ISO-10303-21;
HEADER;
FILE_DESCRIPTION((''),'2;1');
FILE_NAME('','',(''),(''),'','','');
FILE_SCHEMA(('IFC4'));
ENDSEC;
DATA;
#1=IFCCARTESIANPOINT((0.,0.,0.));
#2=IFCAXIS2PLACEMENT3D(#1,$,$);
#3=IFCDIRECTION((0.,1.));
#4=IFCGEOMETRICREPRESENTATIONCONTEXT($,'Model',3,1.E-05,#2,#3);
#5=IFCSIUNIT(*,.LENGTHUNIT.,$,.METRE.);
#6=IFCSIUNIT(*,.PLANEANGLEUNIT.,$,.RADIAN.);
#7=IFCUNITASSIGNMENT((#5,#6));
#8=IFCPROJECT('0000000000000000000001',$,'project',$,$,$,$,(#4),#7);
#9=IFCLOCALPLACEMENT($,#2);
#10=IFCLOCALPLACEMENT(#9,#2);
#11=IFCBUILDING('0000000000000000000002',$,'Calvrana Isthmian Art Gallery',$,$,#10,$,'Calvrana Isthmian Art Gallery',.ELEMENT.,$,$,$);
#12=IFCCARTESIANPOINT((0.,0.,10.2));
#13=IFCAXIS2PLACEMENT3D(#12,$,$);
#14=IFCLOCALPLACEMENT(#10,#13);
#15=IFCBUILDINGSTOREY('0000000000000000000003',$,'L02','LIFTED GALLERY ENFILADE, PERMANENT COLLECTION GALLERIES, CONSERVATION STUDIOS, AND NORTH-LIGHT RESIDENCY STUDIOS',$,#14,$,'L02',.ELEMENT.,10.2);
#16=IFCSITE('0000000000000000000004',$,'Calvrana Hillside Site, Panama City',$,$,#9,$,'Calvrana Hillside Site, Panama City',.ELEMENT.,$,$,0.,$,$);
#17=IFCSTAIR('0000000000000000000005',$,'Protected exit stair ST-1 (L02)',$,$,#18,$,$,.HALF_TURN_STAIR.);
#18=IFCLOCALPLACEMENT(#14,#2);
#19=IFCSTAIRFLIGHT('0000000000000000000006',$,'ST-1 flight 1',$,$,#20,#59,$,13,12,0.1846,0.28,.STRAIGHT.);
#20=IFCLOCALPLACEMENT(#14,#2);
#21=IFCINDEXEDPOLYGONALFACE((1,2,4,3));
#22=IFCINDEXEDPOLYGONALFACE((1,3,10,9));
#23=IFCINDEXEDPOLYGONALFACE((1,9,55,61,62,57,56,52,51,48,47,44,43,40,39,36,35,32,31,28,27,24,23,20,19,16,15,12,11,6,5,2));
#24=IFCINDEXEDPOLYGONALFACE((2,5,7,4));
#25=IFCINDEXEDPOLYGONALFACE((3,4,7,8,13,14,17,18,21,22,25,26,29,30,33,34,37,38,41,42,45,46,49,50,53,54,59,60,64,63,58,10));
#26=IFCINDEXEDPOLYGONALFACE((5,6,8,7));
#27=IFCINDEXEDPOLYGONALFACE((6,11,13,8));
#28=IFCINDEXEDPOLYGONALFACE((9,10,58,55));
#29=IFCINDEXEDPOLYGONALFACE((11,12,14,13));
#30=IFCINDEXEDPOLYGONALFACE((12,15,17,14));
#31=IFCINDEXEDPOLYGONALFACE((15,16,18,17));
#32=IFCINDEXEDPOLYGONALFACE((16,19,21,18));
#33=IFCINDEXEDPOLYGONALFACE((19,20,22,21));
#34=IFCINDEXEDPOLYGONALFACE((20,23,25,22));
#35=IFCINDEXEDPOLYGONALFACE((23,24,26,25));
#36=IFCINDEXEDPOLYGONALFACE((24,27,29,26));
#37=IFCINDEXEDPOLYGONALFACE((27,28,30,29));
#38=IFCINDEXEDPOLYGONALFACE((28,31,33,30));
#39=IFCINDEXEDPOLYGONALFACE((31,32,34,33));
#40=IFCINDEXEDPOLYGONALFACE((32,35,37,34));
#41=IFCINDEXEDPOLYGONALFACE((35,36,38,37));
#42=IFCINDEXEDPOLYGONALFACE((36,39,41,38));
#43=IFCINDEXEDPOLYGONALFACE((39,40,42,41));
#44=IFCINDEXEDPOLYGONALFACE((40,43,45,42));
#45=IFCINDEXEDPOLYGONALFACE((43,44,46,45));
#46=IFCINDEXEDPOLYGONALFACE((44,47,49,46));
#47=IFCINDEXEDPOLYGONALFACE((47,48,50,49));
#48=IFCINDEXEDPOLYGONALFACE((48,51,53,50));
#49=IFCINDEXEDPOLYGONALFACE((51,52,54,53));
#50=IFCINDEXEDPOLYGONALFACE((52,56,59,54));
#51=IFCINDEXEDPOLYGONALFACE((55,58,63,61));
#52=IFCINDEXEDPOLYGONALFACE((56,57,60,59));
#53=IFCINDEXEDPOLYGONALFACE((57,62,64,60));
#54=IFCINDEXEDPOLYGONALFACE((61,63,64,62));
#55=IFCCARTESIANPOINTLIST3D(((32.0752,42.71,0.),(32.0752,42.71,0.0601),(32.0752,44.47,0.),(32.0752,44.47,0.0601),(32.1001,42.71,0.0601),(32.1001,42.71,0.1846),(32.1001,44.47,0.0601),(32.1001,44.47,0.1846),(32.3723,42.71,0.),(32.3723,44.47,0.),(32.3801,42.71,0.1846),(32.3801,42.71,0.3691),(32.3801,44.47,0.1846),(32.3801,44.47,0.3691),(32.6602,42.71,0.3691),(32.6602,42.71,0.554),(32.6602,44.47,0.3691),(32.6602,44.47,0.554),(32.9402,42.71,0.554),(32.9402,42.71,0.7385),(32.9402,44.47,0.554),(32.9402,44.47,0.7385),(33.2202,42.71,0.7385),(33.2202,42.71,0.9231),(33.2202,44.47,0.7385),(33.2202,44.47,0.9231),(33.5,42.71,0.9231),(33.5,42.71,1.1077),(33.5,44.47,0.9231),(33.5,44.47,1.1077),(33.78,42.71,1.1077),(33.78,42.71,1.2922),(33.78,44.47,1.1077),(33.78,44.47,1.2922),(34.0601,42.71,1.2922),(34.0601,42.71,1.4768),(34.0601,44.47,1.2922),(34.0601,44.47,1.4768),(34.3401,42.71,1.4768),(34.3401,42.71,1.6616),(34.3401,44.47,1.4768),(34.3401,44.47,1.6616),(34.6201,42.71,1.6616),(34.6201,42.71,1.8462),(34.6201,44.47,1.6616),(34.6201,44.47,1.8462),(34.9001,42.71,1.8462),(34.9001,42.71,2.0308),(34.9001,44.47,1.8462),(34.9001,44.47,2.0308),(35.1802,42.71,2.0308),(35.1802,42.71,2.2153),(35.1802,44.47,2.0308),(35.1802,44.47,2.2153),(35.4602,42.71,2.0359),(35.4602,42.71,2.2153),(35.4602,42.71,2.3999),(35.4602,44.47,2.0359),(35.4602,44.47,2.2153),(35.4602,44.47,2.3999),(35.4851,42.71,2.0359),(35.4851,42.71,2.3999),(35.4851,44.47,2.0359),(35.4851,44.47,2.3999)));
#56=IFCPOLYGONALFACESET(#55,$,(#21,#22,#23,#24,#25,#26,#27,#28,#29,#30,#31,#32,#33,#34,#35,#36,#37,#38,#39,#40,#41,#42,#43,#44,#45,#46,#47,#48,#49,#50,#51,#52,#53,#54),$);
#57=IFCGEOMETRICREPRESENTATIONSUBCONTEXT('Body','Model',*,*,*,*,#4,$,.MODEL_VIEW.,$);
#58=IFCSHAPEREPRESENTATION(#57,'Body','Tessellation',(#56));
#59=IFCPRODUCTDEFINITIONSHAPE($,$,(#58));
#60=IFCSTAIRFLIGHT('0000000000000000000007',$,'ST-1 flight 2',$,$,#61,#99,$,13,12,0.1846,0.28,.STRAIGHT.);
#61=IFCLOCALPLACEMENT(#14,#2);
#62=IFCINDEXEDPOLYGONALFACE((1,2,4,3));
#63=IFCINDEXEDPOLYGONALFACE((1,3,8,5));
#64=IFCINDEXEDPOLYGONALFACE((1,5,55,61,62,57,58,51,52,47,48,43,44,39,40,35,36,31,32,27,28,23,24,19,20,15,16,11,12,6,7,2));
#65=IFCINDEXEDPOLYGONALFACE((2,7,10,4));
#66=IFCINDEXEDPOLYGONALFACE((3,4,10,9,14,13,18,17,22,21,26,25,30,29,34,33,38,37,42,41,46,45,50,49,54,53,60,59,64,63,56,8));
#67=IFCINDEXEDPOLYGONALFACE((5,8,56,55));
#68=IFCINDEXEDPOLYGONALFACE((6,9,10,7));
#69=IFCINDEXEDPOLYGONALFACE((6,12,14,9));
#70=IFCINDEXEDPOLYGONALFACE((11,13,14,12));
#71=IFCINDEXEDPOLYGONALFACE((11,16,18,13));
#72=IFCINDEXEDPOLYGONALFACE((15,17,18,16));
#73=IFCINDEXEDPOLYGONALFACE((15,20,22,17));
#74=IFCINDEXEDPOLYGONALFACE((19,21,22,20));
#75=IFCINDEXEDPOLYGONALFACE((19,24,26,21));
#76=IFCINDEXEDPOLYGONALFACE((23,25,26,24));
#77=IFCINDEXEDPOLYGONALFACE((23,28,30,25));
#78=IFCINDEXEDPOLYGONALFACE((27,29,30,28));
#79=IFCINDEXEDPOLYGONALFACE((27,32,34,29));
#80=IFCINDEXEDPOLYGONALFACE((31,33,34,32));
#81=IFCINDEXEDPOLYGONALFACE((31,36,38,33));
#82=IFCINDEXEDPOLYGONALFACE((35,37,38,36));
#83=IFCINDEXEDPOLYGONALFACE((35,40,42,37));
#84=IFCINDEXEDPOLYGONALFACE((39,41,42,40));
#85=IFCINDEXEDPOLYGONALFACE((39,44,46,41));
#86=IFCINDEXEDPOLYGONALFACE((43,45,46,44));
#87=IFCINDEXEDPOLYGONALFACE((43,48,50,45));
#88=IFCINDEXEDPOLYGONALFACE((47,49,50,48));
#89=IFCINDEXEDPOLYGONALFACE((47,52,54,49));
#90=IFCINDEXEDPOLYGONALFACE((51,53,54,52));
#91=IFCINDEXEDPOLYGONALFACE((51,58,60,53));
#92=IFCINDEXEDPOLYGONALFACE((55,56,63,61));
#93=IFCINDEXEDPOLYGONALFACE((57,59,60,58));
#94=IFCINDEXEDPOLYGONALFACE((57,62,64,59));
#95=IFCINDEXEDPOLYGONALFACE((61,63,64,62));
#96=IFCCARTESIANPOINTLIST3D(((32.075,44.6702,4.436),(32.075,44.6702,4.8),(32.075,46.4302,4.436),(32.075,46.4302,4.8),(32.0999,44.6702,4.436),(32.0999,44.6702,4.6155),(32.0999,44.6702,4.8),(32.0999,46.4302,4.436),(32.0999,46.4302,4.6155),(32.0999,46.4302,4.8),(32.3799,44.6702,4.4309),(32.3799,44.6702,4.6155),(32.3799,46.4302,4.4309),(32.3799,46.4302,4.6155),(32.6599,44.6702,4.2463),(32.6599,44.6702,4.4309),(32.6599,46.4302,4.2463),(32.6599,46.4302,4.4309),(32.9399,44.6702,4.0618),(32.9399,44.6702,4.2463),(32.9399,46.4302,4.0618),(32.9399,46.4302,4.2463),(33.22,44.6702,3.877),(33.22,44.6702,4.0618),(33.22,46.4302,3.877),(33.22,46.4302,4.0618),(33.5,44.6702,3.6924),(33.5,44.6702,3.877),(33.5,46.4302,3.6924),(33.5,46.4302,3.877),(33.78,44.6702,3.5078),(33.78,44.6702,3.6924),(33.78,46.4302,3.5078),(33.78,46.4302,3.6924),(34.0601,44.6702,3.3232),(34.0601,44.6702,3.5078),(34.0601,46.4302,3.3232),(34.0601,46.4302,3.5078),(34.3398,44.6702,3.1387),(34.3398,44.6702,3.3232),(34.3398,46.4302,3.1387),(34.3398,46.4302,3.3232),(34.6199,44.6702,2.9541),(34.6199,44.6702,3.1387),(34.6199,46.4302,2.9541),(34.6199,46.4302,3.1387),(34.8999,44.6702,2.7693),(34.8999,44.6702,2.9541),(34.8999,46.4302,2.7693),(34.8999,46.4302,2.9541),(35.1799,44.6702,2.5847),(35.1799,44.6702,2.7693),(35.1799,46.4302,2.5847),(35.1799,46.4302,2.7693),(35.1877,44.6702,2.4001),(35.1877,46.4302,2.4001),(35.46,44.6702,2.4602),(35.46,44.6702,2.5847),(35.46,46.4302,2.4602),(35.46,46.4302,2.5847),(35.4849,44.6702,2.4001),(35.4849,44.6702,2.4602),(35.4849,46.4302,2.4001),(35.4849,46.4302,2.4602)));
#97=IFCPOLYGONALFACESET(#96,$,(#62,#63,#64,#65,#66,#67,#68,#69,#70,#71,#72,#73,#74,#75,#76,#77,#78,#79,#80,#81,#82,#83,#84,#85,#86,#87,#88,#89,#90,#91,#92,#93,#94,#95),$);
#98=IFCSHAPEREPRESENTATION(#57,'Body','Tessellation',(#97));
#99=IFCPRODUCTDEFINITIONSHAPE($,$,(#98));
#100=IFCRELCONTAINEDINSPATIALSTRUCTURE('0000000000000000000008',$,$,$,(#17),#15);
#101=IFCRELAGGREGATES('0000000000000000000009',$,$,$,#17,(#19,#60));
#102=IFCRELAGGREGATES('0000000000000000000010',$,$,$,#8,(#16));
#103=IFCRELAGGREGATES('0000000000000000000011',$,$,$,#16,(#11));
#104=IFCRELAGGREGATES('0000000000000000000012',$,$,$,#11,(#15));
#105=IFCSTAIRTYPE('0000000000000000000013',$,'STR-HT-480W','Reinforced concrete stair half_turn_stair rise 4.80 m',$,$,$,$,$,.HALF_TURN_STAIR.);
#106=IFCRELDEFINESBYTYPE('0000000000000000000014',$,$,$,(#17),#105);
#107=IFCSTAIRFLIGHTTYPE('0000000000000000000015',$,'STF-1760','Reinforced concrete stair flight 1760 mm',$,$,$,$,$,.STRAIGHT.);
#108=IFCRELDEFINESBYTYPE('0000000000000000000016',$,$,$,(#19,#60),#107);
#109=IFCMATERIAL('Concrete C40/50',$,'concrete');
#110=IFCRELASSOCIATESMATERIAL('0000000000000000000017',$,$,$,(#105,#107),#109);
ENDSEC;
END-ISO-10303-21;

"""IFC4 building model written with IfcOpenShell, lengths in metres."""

from ifc_helpers import new_model, si_unit, direction, frame, origin, place, context, subcontext, project, spatial, polyline, outline, extrude, material, type_object, element, aggregate, save


model = new_model("IFC4")

# Units and contexts
model_context = context("Model", 3, precision=1e-05, world=origin(), true_north=direction((0.0, 1.0)))
body_context = subcontext(model_context, "Body", "Model", "MODEL_VIEW")
ifc_project = project(units=[si_unit("LENGTHUNIT", "METRE"), si_unit("PLANEANGLEUNIT", "RADIAN")], contexts=[model_context])

# Site, building, storey
site_placement = place(None, origin())
site = spatial("IfcSite", under=ifc_project, at=site_placement, Name="Calvrana Hillside Site, Panama City", LongName="Calvrana Hillside Site, Panama City", CompositionType="ELEMENT", RefElevation=0.0)
building_placement = place(site_placement, origin())
building = spatial("IfcBuilding", under=site, at=building_placement, Name="Calvrana Isthmian Art Gallery", LongName="Calvrana Isthmian Art Gallery", CompositionType="ELEMENT")
storey_placement = place(building_placement, frame((0.0, 0.0, 10.2)))
storey = spatial("IfcBuildingStorey", under=building, at=storey_placement, Name="L02", Description="LIFTED GALLERY ENFILADE, PERMANENT COLLECTION GALLERIES, CONSERVATION STUDIOS, AND NORTH-LIGHT RESIDENCY STUDIOS", LongName="L02", CompositionType="ELEMENT", Elevation=10.2)

# Shared definitions
ifc_material_1 = material(Name="Concrete C40/50", Category="concrete")

# Stair, stair flights
stair_type = type_object("IfcStairType", Name="STR-HT-480W", Description="Reinforced concrete stair half_turn_stair rise 4.80 m", PredefinedType="HALF_TURN_STAIR", material=ifc_material_1)
stair_placement = place(storey_placement, origin())
stair = element("IfcStair", 1, at=stair_placement, inside=storey, type_object=stair_type, Name="Protected exit stair ST-1 (L02)", PredefinedType="HALF_TURN_STAIR")
stair_flight_type = type_object("IfcStairFlightType", Name="STF-1760", Description="Reinforced concrete stair flight 1760 mm", PredefinedType="STRAIGHT", material=ifc_material_1)
stair_flight_1_placement = place(storey_placement, frame((32.1001, 43.5901, 0.0), z_axis=(0.0, 0.0, 1.0), x_axis=(1.0, 0.0, 0.0)))
stair_flight_1 = element("IfcStairFlight", 2, at=stair_flight_1_placement, type_object=stair_flight_type, Name="ST-1 flight 1", NumberOfRisers=13, NumberOfTreads=12, PredefinedType="STRAIGHT", RiserHeight=0.1846, TreadLength=0.28, context=body_context, shape_type="SweptSolid", body=[
    extrude(outline(polyline([(-0.0249, 0.0), (-0.0249, 0.0601), (0.0, 0.0601), (0.0, 0.1846), (0.28, 0.1846), (0.28, 0.3691), (0.5601, 0.3691), (0.5601, 0.554), (0.8401, 0.554), (0.8401, 0.7385), (1.1201, 0.7385), (1.1201, 0.9231), (1.3999, 0.9231), (1.3999, 1.1077), (1.6799, 1.1077), (1.6799, 1.2922), (1.96, 1.2922), (1.96, 1.4768), (2.24, 1.4768), (2.24, 1.6616), (2.52, 1.6616), (2.52, 1.8462), (2.8, 1.8462), (2.8, 2.0308), (3.0801, 2.0308), (3.0801, 2.2153), (3.3601, 2.2153), (3.3601, 2.3999), (3.385, 2.3999), (3.385, 2.0359), (3.3601, 2.0359), (0.2722, 0.0), (-0.0249, 0.0)])), frame((0.0, 0.8799, 0.0), z_axis=(0.0, -1.0, 0.0), x_axis=(1.0, 0.0, 0.0)), (0.0, 0.0, 1.0), 1.76),
])
stair_flight_2_placement = place(storey_placement, frame((35.46, 45.55, 2.4001), z_axis=(0.0, 0.0, 1.0), x_axis=(-1.0, 0.0, 0.0)))
stair_flight_2 = element("IfcStairFlight", 3, at=stair_flight_2_placement, type_object=stair_flight_type, Name="ST-1 flight 2", NumberOfRisers=13, NumberOfTreads=12, PredefinedType="STRAIGHT", RiserHeight=0.1846, TreadLength=0.28, context=body_context, shape_type="SweptSolid", body=[
    extrude(outline(polyline([(-0.0249, 0.0), (-0.0249, 0.0601), (0.0, 0.0601), (0.0, 0.1846), (0.28, 0.1846), (0.28, 0.3691), (0.5601, 0.3691), (0.5601, 0.554), (0.8401, 0.554), (0.8401, 0.7385), (1.1201, 0.7385), (1.1201, 0.9231), (1.3999, 0.9231), (1.3999, 1.1077), (1.6799, 1.1077), (1.6799, 1.2922), (1.96, 1.2922), (1.96, 1.4768), (2.24, 1.4768), (2.24, 1.6616), (2.52, 1.6616), (2.52, 1.8462), (2.8, 1.8462), (2.8, 2.0308), (3.0801, 2.0308), (3.0801, 2.2153), (3.3601, 2.2153), (3.3601, 2.3999), (3.385, 2.3999), (3.385, 2.0359), (3.3601, 2.0359), (0.2722, 0.0), (-0.0249, 0.0)])), frame((0.0, 0.8799, 0.0), z_axis=(0.0, -1.0, 0.0), x_axis=(1.0, 0.0, 0.0)), (0.0, 0.0, 1.0), 1.76),
])
aggregate(stair, [stair_flight_1, stair_flight_2])

save(model, "model.ifc")
